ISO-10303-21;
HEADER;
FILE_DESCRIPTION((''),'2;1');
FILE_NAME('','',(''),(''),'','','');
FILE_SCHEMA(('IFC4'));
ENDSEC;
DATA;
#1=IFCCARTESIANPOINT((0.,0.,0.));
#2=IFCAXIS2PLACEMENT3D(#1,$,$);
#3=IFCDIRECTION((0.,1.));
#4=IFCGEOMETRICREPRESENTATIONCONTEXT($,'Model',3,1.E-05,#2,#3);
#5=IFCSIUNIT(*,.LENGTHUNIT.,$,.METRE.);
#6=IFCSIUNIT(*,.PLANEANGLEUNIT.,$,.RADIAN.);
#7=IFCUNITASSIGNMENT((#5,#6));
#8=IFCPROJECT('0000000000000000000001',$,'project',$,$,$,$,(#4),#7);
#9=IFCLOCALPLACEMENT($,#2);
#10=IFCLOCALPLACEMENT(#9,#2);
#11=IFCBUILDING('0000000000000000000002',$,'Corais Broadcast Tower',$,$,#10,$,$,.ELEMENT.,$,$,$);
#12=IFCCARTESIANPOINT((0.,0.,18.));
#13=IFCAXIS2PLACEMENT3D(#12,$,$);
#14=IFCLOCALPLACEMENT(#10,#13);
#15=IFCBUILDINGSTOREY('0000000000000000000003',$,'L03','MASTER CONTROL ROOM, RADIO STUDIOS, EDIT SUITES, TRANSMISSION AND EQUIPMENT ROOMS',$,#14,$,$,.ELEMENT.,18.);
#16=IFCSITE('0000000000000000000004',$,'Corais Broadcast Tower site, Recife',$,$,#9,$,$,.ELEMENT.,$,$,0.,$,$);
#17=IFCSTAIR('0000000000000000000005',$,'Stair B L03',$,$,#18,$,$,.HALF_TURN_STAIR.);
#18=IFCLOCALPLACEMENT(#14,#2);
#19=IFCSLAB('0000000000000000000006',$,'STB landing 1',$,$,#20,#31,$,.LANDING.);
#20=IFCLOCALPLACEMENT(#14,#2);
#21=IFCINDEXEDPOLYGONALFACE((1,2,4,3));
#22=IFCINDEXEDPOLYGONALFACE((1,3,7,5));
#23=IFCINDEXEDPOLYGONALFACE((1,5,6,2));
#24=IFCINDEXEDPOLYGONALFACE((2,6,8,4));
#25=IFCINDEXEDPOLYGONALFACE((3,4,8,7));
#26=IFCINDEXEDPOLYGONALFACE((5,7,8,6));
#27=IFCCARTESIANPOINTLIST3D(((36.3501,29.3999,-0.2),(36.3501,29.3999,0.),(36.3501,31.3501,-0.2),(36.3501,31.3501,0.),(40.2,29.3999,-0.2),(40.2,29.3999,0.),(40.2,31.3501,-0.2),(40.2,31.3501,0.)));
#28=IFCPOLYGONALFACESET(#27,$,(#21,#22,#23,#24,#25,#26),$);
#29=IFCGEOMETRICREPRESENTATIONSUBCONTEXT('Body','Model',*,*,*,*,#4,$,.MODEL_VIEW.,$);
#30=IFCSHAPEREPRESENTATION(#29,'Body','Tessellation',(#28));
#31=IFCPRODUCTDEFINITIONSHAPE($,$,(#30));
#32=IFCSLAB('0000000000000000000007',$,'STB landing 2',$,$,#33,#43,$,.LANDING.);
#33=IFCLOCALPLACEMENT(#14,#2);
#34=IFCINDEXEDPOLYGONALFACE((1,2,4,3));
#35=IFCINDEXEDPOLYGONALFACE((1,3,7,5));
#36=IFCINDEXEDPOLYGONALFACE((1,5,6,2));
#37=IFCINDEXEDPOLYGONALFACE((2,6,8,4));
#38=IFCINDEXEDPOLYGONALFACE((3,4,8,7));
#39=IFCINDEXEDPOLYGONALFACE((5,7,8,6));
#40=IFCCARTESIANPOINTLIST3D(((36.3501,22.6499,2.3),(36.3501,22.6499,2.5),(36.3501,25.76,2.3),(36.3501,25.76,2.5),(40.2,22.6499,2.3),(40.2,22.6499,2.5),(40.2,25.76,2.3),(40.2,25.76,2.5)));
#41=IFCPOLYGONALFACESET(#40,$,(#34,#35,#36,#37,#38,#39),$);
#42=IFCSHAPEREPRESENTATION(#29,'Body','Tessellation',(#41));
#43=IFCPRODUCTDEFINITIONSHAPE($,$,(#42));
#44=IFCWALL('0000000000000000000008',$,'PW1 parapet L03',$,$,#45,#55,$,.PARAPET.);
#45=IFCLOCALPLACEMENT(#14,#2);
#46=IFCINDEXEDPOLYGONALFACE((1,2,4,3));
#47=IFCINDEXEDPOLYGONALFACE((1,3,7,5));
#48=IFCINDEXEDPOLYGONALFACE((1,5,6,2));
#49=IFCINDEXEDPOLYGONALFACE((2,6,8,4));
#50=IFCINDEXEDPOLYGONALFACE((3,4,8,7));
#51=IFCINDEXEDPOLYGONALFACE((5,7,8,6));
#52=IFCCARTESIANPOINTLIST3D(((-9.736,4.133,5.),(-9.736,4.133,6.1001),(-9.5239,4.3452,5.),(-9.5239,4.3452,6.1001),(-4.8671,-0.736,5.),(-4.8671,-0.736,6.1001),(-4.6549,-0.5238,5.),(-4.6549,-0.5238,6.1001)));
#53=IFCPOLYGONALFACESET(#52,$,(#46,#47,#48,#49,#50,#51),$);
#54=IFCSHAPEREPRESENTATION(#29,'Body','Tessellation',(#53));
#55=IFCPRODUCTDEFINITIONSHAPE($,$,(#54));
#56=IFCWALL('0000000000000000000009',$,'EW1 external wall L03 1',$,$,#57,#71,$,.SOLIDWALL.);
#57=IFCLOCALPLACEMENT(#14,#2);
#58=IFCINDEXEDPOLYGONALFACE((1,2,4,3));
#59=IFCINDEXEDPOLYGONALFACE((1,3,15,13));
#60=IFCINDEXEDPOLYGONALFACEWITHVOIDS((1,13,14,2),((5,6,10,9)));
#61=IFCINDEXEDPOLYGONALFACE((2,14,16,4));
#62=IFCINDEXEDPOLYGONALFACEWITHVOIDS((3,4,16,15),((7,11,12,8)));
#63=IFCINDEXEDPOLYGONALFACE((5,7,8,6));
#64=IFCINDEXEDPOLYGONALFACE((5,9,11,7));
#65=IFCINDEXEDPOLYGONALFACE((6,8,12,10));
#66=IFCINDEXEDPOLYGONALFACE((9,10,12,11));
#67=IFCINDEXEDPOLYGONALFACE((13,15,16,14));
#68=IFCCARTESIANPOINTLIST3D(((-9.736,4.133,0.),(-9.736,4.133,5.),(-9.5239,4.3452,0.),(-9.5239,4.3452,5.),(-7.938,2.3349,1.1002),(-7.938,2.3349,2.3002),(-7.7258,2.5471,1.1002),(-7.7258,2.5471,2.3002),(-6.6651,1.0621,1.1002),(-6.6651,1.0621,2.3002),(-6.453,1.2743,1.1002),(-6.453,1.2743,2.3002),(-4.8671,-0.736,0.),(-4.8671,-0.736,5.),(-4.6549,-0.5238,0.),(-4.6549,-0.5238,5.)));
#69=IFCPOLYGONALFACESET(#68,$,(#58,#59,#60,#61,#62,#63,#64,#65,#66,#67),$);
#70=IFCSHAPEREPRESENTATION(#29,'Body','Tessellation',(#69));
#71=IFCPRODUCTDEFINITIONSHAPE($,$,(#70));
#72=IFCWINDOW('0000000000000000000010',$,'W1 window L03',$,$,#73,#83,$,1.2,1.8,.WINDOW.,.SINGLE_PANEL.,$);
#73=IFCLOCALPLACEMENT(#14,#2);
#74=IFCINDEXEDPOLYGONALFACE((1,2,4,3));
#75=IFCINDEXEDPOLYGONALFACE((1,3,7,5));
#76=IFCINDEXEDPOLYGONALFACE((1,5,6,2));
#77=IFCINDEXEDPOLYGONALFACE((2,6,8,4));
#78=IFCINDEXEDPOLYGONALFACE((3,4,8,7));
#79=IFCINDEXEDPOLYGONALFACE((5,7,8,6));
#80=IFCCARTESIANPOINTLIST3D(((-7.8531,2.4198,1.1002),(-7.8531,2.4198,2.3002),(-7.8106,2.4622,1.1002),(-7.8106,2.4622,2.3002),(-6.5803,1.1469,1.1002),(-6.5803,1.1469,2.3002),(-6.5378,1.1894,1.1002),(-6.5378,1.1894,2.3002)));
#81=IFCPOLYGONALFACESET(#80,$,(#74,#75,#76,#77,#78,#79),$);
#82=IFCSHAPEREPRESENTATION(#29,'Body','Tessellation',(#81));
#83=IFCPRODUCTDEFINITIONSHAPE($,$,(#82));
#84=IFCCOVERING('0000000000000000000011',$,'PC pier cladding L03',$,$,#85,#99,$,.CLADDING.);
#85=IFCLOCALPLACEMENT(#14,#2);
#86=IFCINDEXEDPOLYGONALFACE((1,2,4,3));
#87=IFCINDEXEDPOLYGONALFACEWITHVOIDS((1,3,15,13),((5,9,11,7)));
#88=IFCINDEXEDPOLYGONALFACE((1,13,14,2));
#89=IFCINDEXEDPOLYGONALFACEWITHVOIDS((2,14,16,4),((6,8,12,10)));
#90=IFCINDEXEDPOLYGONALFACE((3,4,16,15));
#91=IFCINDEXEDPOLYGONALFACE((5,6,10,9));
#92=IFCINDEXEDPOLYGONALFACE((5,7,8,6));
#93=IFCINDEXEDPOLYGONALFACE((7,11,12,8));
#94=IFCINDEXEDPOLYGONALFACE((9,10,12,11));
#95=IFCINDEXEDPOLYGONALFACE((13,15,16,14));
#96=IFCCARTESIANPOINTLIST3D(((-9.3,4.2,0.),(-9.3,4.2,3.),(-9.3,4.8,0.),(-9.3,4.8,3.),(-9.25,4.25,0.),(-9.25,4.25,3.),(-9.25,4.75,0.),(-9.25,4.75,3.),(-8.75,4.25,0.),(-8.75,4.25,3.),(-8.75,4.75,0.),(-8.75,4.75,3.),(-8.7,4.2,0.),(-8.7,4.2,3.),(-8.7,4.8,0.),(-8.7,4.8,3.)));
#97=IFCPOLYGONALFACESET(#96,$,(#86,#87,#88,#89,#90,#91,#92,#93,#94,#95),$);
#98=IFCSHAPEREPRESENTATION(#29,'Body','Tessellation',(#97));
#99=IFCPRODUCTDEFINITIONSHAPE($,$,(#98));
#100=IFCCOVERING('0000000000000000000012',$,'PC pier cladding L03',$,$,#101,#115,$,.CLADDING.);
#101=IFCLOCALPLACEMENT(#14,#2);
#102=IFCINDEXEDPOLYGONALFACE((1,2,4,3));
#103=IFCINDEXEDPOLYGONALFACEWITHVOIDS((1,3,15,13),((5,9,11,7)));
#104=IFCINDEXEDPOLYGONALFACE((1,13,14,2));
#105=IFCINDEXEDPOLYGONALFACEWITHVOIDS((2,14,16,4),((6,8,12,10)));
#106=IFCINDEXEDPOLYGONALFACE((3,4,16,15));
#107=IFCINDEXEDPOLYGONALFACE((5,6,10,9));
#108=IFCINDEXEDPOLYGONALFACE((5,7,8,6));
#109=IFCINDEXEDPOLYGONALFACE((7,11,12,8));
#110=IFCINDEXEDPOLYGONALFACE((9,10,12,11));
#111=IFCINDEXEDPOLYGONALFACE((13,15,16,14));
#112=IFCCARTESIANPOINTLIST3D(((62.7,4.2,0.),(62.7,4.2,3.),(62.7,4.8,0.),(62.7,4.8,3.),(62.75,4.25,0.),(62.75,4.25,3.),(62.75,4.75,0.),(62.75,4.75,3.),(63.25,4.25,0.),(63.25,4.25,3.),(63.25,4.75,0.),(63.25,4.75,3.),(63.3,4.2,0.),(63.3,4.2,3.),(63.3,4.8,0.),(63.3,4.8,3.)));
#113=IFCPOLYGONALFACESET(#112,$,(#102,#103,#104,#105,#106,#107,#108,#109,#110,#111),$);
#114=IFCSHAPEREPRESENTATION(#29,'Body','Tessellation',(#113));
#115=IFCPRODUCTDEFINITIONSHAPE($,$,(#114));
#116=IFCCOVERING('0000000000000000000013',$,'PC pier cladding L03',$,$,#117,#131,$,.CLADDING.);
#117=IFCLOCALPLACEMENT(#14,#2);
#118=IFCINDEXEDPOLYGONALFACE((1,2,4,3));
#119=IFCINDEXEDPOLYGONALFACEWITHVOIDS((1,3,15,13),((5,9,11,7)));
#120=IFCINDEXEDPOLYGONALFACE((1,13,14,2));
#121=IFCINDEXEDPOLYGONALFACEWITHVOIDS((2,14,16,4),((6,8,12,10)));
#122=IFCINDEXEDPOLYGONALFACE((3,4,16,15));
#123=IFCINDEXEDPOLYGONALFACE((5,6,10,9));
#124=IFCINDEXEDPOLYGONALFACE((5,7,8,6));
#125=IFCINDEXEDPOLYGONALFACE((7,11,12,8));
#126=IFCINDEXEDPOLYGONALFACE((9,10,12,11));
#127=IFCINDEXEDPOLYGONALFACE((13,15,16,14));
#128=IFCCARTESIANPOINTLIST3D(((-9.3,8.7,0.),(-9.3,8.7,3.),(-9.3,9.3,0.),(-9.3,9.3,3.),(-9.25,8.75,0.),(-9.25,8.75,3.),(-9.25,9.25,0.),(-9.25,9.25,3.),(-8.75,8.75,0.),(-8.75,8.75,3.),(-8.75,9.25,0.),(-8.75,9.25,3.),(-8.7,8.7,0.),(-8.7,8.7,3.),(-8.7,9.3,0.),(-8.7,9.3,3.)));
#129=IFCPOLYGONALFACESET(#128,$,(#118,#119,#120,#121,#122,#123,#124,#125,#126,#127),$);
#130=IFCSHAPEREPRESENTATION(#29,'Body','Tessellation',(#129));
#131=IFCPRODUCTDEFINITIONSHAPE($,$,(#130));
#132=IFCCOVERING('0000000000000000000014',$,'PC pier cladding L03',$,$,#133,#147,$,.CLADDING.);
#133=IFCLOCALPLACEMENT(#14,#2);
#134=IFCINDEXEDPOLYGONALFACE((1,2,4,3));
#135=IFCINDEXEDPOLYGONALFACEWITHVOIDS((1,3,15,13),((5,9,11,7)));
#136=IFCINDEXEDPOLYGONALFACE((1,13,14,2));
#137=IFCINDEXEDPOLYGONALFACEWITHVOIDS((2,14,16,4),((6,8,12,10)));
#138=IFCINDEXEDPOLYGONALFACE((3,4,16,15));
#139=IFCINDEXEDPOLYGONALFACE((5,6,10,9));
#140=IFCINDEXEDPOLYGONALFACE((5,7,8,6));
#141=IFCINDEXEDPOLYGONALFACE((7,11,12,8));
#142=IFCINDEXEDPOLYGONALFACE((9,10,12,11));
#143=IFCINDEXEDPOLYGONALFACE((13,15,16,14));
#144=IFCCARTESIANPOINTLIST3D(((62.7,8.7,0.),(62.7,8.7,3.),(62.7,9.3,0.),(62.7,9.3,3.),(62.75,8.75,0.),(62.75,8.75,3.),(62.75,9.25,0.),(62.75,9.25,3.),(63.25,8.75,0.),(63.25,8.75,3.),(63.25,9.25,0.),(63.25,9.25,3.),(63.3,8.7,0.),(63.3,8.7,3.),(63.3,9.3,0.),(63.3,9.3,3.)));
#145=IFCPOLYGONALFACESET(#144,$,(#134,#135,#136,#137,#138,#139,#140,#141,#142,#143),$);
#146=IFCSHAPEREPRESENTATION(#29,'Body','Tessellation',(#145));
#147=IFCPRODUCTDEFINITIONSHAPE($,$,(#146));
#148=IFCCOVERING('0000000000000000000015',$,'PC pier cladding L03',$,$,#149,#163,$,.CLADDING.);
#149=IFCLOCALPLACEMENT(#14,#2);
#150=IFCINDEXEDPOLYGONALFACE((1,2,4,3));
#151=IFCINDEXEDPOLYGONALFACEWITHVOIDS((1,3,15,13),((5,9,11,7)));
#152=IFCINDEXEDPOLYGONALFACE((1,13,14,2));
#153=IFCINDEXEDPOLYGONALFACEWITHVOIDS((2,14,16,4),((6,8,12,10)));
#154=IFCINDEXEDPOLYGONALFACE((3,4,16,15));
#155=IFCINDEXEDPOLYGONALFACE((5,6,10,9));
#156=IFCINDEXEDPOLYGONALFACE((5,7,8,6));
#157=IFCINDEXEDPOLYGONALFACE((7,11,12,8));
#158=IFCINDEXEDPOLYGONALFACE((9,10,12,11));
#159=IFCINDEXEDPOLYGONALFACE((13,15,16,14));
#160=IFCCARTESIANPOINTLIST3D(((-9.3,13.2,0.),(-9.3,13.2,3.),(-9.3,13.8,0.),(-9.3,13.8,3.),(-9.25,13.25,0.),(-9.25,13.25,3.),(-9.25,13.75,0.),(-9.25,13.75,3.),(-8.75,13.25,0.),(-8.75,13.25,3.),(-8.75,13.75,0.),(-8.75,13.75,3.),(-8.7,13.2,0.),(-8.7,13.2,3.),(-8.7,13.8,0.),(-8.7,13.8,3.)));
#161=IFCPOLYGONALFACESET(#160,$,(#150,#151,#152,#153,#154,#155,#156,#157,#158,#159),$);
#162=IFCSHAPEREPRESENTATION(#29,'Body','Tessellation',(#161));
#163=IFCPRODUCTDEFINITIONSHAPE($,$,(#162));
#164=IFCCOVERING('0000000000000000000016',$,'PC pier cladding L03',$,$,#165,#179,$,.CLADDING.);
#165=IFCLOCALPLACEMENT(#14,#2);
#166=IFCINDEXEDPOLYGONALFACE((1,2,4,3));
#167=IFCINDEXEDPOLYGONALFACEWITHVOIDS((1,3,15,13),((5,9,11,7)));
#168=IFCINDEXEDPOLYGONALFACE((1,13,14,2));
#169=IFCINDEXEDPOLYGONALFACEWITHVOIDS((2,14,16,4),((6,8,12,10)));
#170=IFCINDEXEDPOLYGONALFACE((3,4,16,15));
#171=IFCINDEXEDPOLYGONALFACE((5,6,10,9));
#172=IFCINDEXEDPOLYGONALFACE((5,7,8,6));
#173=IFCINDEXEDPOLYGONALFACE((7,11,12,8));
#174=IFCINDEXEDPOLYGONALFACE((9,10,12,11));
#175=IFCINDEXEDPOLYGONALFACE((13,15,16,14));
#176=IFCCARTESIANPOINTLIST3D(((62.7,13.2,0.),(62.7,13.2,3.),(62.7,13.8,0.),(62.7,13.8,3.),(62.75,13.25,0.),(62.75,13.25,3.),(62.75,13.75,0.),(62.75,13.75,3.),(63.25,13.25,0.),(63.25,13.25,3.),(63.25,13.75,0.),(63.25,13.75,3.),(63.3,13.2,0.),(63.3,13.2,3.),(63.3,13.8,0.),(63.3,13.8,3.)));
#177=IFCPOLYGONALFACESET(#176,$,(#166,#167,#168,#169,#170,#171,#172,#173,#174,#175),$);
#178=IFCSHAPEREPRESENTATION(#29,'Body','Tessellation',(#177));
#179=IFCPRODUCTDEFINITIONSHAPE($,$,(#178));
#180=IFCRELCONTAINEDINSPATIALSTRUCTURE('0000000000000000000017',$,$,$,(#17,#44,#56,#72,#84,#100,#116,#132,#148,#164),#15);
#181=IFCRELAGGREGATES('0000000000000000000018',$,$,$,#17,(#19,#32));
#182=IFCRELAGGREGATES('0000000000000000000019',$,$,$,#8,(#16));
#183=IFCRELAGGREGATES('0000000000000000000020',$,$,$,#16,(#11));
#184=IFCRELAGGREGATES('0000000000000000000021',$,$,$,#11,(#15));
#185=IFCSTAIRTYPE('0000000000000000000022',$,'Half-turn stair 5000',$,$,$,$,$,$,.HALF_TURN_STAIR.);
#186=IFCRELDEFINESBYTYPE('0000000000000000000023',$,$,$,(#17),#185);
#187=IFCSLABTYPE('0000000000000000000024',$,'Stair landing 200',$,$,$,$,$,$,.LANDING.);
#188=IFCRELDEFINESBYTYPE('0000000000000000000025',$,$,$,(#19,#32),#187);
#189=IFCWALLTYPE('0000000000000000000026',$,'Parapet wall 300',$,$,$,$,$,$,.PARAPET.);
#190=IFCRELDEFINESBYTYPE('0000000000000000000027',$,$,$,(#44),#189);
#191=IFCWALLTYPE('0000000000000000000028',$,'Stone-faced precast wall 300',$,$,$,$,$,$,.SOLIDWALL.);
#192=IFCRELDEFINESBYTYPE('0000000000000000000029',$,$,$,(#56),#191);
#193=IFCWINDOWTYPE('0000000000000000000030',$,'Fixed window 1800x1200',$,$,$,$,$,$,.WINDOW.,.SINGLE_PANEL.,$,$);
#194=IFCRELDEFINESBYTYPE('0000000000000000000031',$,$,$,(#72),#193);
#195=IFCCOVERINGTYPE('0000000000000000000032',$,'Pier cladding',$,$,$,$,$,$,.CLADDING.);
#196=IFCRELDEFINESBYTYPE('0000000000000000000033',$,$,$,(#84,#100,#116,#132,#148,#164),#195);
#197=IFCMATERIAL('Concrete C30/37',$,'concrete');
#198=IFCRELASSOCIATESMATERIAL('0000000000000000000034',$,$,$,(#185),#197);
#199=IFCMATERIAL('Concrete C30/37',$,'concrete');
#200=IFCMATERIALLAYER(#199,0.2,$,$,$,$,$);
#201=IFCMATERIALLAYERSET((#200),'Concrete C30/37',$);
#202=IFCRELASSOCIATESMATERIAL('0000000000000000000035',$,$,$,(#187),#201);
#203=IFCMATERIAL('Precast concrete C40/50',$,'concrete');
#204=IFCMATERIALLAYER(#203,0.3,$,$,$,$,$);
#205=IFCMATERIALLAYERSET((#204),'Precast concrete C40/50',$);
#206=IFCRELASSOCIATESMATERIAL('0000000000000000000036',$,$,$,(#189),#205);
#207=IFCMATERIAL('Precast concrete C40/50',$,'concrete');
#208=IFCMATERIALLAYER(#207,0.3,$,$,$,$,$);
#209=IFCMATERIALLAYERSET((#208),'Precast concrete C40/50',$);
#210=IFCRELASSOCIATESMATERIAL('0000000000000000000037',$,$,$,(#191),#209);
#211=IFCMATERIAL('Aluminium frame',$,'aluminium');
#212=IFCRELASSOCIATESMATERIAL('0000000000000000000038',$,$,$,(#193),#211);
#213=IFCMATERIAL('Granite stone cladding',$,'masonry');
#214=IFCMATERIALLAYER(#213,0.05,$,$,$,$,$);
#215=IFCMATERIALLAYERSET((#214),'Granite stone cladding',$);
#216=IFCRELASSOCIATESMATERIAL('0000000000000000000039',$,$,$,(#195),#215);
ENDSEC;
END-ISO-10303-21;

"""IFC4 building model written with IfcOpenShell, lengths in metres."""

from ifc_helpers import new_model, si_unit, direction, frame, frame_2d, origin, place, context, subcontext, project, spatial, polyline, rectangle, outline, extrude, material, layer, layer_set, type_object, element, fill, aggregate, save


model = new_model("IFC4")

# Units and contexts
model_context = context("Model", 3, precision=1e-05, world=origin(), true_north=direction((0.0, 1.0)))
body_context = subcontext(model_context, "Body", "Model", "MODEL_VIEW")
ifc_project = project(units=[si_unit("LENGTHUNIT", "METRE"), si_unit("PLANEANGLEUNIT", "RADIAN")], contexts=[model_context])

# Site, building, storey
site_placement = place(None, origin())
site = spatial("IfcSite", under=ifc_project, at=site_placement, Name="Corais Broadcast Tower site, Recife", CompositionType="ELEMENT", RefElevation=0.0)
building_placement = place(site_placement, origin())
building = spatial("IfcBuilding", under=site, at=building_placement, Name="Corais Broadcast Tower", CompositionType="ELEMENT")
storey_placement = place(building_placement, frame((0.0, 0.0, 18.0)))
storey = spatial("IfcBuildingStorey", under=building, at=storey_placement, Name="L03", Description="MASTER CONTROL ROOM, RADIO STUDIOS, EDIT SUITES, TRANSMISSION AND EQUIPMENT ROOMS", CompositionType="ELEMENT", Elevation=18.0)

# Stair, slabs
ifc_material_1 = material(Name="Concrete C30/37", Category="concrete")
stair_type = type_object("IfcStairType", Name="Half-turn stair 5000", PredefinedType="HALF_TURN_STAIR", material=ifc_material_1)
ifc_material_2 = material(Name="Concrete C30/37", Category="concrete")
ifc_layer_1 = layer(ifc_material_2, 0.2)
ifc_layer_set_1 = layer_set([ifc_layer_1], Name="Concrete C30/37")
slab_type_1 = type_object("IfcSlabType", Name="Stair landing 200", PredefinedType="LANDING", material=ifc_layer_set_1)
stair_1_placement = place(storey_placement, origin())
stair_1 = element("IfcStair", 1, at=stair_1_placement, inside=storey, type_object=stair_type, Name="Stair B L03", PredefinedType="HALF_TURN_STAIR")
slab_1_placement = place(storey_placement, frame((0.0, 0.0, -0.2)))
slab_1 = element("IfcSlab", 2, at=slab_1_placement, type_object=slab_type_1, Name="STB landing 1", PredefinedType="LANDING", context=body_context, shape_type="SweptSolid", body=[
    extrude(outline(polyline([(36.3501, 29.3999), (40.2, 29.3999), (40.2, 31.3501), (36.3501, 31.3501), (36.3501, 29.3999)])), origin(), (0.0, 0.0, 1.0), 0.2),
])
slab_2_placement = place(storey_placement, frame((0.0, 0.0, 2.3)))
slab_2 = element("IfcSlab", 3, at=slab_2_placement, type_object=slab_type_1, Name="STB landing 2", PredefinedType="LANDING", context=body_context, shape_type="SweptSolid", body=[
    extrude(outline(polyline([(36.3501, 22.6499), (40.2, 22.6499), (40.2, 25.76), (36.3501, 25.76), (36.3501, 22.6499)])), origin(), (0.0, 0.0, 1.0), 0.2),
])
aggregate(stair_1, [slab_1, slab_2])

# Wall
ifc_material_3 = material(Name="Precast concrete C40/50", Category="concrete")
ifc_layer_2 = layer(ifc_material_3, 0.3)
ifc_layer_set_2 = layer_set([ifc_layer_2], Name="Precast concrete C40/50")
wall_type_1 = type_object("IfcWallType", Name="Parapet wall 300", PredefinedType="PARAPET", material=ifc_layer_set_2)
wall_1_placement = place(storey_placement, frame((-4.761, -0.6299, 5.0), z_axis=(0.0, 0.0, 1.0), x_axis=(-0.707107, 0.707107, 0.0)))
element("IfcWall", 4, at=wall_1_placement, inside=storey, type_object=wall_type_1, Name="PW1 parapet L03", PredefinedType="PARAPET", context=body_context, shape_type="SweptSolid", body=[
    extrude(rectangle(XDim=6.8857, YDim=0.3, at=frame_2d((3.4429, 0.0))), origin(), (0.0, 0.0, 1.0), 1.1001),
])

# Wall, opening, window
ifc_material_4 = material(Name="Precast concrete C40/50", Category="concrete")
ifc_layer_3 = layer(ifc_material_4, 0.3)
ifc_layer_set_3 = layer_set([ifc_layer_3], Name="Precast concrete C40/50")
wall_type_2 = type_object("IfcWallType", Name="Stone-faced precast wall 300", PredefinedType="SOLIDWALL", material=ifc_layer_set_3)
wall_2_placement = place(storey_placement, frame((-4.761, -0.6299, 0.0), z_axis=(0.0, 0.0, 1.0), x_axis=(-0.707107, 0.707107, 0.0)))
wall_2 = element("IfcWall", 5, at=wall_2_placement, inside=storey, type_object=wall_type_2, Name="EW1 external wall L03 1", PredefinedType="SOLIDWALL", context=body_context, shape_type="SweptSolid", body=[
    extrude(rectangle(XDim=6.8857, YDim=0.3, at=frame_2d((3.4429, 0.0))), origin(), (0.0, 0.0, 1.0), 5.0),
])
opening_placement = place(wall_2_placement, frame((2.543, 0.0, 1.1001)))
opening = element("IfcOpeningElement", 6, at=opening_placement, cuts=wall_2, PredefinedType="OPENING", context=body_context, shape_type="SweptSolid", body=[
    extrude(rectangle(XDim=1.8, YDim=1.2, at=frame_2d((0.8999, 0.6001))), frame((0.0, 0.1599, 0.0), z_axis=(0.0, -1.0, 0.0), x_axis=(1.0, 0.0, 0.0)), (0.0, 0.0, 1.0), 0.3201),
])
ifc_material_5 = material(Name="Aluminium frame", Category="aluminium")
window_type = type_object("IfcWindowType", Name="Fixed window 1800x1200", PartitioningType="SINGLE_PANEL", PredefinedType="WINDOW", material=ifc_material_5)
window_placement = place(opening_placement, origin())
window = element("IfcWindow", 7, at=window_placement, inside=storey, type_object=window_type, Name="W1 window L03", OverallHeight=1.2, OverallWidth=1.8, PartitioningType="SINGLE_PANEL", PredefinedType="WINDOW", context=body_context, shape_type="SweptSolid", body=[
    extrude(rectangle(XDim=1.8, YDim=1.2, at=frame_2d((0.8999, 0.6001))), frame((0.0, 0.03, 0.0), z_axis=(0.0, -1.0, 0.0), x_axis=(1.0, 0.0, 0.0)), (0.0, 0.0, 1.0), 0.0601),
])
fill(opening, window)

# Coverings
ifc_material_6 = material(Name="Granite stone cladding", Category="masonry")
ifc_layer_4 = layer(ifc_material_6, 0.05)
ifc_layer_set_4 = layer_set([ifc_layer_4], Name="Granite stone cladding")
covering_type_1 = type_object("IfcCoveringType", Name="Pier cladding", PredefinedType="CLADDING", material=ifc_layer_set_4)
covering_1_placement = place(storey_placement, origin())
element("IfcCovering", 8, at=covering_1_placement, inside=storey, type_object=covering_type_1, Name="PC pier cladding L03", PredefinedType="CLADDING", context=body_context, shape_type="SweptSolid", body=[
    extrude(outline(polyline([(-9.3, 4.2), (-8.7, 4.2), (-8.7, 4.8), (-9.3, 4.8), (-9.3, 4.2)]), holes=[polyline([(-9.25, 4.25), (-8.75, 4.25), (-8.75, 4.75), (-9.25, 4.75), (-9.25, 4.25)])]), origin(), (0.0, 0.0, 1.0), 3.0),
])
covering_2_placement = place(storey_placement, origin())
element("IfcCovering", 9, at=covering_2_placement, inside=storey, type_object=covering_type_1, Name="PC pier cladding L03", PredefinedType="CLADDING", context=body_context, shape_type="SweptSolid", body=[
    extrude(outline(polyline([(62.7, 4.2), (63.3, 4.2), (63.3, 4.8), (62.7, 4.8), (62.7, 4.2)]), holes=[polyline([(62.75, 4.25), (63.25, 4.25), (63.25, 4.75), (62.75, 4.75), (62.75, 4.25)])]), origin(), (0.0, 0.0, 1.0), 3.0),
])
covering_3_placement = place(storey_placement, origin())
element("IfcCovering", 10, at=covering_3_placement, inside=storey, type_object=covering_type_1, Name="PC pier cladding L03", PredefinedType="CLADDING", context=body_context, shape_type="SweptSolid", body=[
    extrude(outline(polyline([(-9.3, 8.7), (-8.7, 8.7), (-8.7, 9.3), (-9.3, 9.3), (-9.3, 8.7)]), holes=[polyline([(-9.25, 8.75), (-8.75, 8.75), (-8.75, 9.25), (-9.25, 9.25), (-9.25, 8.75)])]), origin(), (0.0, 0.0, 1.0), 3.0),
])
covering_4_placement = place(storey_placement, origin())
element("IfcCovering", 11, at=covering_4_placement, inside=storey, type_object=covering_type_1, Name="PC pier cladding L03", PredefinedType="CLADDING", context=body_context, shape_type="SweptSolid", body=[
    extrude(outline(polyline([(62.7, 8.7), (63.3, 8.7), (63.3, 9.3), (62.7, 9.3), (62.7, 8.7)]), holes=[polyline([(62.75, 8.75), (63.25, 8.75), (63.25, 9.25), (62.75, 9.25), (62.75, 8.75)])]), origin(), (0.0, 0.0, 1.0), 3.0),
])
covering_5_placement = place(storey_placement, origin())
element("IfcCovering", 12, at=covering_5_placement, inside=storey, type_object=covering_type_1, Name="PC pier cladding L03", PredefinedType="CLADDING", context=body_context, shape_type="SweptSolid", body=[
    extrude(outline(polyline([(-9.3, 13.2), (-8.7, 13.2), (-8.7, 13.8), (-9.3, 13.8), (-9.3, 13.2)]), holes=[polyline([(-9.25, 13.25), (-8.75, 13.25), (-8.75, 13.75), (-9.25, 13.75), (-9.25, 13.25)])]), origin(), (0.0, 0.0, 1.0), 3.0),
])
covering_6_placement = place(storey_placement, origin())
element("IfcCovering", 13, at=covering_6_placement, inside=storey, type_object=covering_type_1, Name="PC pier cladding L03", PredefinedType="CLADDING", context=body_context, shape_type="SweptSolid", body=[
    extrude(outline(polyline([(62.7, 13.2), (63.3, 13.2), (63.3, 13.8), (62.7, 13.8), (62.7, 13.2)]), holes=[polyline([(62.75, 13.25), (63.25, 13.25), (63.25, 13.75), (62.75, 13.75), (62.75, 13.25)])]), origin(), (0.0, 0.0, 1.0), 3.0),
])

save(model, "model.ifc")
